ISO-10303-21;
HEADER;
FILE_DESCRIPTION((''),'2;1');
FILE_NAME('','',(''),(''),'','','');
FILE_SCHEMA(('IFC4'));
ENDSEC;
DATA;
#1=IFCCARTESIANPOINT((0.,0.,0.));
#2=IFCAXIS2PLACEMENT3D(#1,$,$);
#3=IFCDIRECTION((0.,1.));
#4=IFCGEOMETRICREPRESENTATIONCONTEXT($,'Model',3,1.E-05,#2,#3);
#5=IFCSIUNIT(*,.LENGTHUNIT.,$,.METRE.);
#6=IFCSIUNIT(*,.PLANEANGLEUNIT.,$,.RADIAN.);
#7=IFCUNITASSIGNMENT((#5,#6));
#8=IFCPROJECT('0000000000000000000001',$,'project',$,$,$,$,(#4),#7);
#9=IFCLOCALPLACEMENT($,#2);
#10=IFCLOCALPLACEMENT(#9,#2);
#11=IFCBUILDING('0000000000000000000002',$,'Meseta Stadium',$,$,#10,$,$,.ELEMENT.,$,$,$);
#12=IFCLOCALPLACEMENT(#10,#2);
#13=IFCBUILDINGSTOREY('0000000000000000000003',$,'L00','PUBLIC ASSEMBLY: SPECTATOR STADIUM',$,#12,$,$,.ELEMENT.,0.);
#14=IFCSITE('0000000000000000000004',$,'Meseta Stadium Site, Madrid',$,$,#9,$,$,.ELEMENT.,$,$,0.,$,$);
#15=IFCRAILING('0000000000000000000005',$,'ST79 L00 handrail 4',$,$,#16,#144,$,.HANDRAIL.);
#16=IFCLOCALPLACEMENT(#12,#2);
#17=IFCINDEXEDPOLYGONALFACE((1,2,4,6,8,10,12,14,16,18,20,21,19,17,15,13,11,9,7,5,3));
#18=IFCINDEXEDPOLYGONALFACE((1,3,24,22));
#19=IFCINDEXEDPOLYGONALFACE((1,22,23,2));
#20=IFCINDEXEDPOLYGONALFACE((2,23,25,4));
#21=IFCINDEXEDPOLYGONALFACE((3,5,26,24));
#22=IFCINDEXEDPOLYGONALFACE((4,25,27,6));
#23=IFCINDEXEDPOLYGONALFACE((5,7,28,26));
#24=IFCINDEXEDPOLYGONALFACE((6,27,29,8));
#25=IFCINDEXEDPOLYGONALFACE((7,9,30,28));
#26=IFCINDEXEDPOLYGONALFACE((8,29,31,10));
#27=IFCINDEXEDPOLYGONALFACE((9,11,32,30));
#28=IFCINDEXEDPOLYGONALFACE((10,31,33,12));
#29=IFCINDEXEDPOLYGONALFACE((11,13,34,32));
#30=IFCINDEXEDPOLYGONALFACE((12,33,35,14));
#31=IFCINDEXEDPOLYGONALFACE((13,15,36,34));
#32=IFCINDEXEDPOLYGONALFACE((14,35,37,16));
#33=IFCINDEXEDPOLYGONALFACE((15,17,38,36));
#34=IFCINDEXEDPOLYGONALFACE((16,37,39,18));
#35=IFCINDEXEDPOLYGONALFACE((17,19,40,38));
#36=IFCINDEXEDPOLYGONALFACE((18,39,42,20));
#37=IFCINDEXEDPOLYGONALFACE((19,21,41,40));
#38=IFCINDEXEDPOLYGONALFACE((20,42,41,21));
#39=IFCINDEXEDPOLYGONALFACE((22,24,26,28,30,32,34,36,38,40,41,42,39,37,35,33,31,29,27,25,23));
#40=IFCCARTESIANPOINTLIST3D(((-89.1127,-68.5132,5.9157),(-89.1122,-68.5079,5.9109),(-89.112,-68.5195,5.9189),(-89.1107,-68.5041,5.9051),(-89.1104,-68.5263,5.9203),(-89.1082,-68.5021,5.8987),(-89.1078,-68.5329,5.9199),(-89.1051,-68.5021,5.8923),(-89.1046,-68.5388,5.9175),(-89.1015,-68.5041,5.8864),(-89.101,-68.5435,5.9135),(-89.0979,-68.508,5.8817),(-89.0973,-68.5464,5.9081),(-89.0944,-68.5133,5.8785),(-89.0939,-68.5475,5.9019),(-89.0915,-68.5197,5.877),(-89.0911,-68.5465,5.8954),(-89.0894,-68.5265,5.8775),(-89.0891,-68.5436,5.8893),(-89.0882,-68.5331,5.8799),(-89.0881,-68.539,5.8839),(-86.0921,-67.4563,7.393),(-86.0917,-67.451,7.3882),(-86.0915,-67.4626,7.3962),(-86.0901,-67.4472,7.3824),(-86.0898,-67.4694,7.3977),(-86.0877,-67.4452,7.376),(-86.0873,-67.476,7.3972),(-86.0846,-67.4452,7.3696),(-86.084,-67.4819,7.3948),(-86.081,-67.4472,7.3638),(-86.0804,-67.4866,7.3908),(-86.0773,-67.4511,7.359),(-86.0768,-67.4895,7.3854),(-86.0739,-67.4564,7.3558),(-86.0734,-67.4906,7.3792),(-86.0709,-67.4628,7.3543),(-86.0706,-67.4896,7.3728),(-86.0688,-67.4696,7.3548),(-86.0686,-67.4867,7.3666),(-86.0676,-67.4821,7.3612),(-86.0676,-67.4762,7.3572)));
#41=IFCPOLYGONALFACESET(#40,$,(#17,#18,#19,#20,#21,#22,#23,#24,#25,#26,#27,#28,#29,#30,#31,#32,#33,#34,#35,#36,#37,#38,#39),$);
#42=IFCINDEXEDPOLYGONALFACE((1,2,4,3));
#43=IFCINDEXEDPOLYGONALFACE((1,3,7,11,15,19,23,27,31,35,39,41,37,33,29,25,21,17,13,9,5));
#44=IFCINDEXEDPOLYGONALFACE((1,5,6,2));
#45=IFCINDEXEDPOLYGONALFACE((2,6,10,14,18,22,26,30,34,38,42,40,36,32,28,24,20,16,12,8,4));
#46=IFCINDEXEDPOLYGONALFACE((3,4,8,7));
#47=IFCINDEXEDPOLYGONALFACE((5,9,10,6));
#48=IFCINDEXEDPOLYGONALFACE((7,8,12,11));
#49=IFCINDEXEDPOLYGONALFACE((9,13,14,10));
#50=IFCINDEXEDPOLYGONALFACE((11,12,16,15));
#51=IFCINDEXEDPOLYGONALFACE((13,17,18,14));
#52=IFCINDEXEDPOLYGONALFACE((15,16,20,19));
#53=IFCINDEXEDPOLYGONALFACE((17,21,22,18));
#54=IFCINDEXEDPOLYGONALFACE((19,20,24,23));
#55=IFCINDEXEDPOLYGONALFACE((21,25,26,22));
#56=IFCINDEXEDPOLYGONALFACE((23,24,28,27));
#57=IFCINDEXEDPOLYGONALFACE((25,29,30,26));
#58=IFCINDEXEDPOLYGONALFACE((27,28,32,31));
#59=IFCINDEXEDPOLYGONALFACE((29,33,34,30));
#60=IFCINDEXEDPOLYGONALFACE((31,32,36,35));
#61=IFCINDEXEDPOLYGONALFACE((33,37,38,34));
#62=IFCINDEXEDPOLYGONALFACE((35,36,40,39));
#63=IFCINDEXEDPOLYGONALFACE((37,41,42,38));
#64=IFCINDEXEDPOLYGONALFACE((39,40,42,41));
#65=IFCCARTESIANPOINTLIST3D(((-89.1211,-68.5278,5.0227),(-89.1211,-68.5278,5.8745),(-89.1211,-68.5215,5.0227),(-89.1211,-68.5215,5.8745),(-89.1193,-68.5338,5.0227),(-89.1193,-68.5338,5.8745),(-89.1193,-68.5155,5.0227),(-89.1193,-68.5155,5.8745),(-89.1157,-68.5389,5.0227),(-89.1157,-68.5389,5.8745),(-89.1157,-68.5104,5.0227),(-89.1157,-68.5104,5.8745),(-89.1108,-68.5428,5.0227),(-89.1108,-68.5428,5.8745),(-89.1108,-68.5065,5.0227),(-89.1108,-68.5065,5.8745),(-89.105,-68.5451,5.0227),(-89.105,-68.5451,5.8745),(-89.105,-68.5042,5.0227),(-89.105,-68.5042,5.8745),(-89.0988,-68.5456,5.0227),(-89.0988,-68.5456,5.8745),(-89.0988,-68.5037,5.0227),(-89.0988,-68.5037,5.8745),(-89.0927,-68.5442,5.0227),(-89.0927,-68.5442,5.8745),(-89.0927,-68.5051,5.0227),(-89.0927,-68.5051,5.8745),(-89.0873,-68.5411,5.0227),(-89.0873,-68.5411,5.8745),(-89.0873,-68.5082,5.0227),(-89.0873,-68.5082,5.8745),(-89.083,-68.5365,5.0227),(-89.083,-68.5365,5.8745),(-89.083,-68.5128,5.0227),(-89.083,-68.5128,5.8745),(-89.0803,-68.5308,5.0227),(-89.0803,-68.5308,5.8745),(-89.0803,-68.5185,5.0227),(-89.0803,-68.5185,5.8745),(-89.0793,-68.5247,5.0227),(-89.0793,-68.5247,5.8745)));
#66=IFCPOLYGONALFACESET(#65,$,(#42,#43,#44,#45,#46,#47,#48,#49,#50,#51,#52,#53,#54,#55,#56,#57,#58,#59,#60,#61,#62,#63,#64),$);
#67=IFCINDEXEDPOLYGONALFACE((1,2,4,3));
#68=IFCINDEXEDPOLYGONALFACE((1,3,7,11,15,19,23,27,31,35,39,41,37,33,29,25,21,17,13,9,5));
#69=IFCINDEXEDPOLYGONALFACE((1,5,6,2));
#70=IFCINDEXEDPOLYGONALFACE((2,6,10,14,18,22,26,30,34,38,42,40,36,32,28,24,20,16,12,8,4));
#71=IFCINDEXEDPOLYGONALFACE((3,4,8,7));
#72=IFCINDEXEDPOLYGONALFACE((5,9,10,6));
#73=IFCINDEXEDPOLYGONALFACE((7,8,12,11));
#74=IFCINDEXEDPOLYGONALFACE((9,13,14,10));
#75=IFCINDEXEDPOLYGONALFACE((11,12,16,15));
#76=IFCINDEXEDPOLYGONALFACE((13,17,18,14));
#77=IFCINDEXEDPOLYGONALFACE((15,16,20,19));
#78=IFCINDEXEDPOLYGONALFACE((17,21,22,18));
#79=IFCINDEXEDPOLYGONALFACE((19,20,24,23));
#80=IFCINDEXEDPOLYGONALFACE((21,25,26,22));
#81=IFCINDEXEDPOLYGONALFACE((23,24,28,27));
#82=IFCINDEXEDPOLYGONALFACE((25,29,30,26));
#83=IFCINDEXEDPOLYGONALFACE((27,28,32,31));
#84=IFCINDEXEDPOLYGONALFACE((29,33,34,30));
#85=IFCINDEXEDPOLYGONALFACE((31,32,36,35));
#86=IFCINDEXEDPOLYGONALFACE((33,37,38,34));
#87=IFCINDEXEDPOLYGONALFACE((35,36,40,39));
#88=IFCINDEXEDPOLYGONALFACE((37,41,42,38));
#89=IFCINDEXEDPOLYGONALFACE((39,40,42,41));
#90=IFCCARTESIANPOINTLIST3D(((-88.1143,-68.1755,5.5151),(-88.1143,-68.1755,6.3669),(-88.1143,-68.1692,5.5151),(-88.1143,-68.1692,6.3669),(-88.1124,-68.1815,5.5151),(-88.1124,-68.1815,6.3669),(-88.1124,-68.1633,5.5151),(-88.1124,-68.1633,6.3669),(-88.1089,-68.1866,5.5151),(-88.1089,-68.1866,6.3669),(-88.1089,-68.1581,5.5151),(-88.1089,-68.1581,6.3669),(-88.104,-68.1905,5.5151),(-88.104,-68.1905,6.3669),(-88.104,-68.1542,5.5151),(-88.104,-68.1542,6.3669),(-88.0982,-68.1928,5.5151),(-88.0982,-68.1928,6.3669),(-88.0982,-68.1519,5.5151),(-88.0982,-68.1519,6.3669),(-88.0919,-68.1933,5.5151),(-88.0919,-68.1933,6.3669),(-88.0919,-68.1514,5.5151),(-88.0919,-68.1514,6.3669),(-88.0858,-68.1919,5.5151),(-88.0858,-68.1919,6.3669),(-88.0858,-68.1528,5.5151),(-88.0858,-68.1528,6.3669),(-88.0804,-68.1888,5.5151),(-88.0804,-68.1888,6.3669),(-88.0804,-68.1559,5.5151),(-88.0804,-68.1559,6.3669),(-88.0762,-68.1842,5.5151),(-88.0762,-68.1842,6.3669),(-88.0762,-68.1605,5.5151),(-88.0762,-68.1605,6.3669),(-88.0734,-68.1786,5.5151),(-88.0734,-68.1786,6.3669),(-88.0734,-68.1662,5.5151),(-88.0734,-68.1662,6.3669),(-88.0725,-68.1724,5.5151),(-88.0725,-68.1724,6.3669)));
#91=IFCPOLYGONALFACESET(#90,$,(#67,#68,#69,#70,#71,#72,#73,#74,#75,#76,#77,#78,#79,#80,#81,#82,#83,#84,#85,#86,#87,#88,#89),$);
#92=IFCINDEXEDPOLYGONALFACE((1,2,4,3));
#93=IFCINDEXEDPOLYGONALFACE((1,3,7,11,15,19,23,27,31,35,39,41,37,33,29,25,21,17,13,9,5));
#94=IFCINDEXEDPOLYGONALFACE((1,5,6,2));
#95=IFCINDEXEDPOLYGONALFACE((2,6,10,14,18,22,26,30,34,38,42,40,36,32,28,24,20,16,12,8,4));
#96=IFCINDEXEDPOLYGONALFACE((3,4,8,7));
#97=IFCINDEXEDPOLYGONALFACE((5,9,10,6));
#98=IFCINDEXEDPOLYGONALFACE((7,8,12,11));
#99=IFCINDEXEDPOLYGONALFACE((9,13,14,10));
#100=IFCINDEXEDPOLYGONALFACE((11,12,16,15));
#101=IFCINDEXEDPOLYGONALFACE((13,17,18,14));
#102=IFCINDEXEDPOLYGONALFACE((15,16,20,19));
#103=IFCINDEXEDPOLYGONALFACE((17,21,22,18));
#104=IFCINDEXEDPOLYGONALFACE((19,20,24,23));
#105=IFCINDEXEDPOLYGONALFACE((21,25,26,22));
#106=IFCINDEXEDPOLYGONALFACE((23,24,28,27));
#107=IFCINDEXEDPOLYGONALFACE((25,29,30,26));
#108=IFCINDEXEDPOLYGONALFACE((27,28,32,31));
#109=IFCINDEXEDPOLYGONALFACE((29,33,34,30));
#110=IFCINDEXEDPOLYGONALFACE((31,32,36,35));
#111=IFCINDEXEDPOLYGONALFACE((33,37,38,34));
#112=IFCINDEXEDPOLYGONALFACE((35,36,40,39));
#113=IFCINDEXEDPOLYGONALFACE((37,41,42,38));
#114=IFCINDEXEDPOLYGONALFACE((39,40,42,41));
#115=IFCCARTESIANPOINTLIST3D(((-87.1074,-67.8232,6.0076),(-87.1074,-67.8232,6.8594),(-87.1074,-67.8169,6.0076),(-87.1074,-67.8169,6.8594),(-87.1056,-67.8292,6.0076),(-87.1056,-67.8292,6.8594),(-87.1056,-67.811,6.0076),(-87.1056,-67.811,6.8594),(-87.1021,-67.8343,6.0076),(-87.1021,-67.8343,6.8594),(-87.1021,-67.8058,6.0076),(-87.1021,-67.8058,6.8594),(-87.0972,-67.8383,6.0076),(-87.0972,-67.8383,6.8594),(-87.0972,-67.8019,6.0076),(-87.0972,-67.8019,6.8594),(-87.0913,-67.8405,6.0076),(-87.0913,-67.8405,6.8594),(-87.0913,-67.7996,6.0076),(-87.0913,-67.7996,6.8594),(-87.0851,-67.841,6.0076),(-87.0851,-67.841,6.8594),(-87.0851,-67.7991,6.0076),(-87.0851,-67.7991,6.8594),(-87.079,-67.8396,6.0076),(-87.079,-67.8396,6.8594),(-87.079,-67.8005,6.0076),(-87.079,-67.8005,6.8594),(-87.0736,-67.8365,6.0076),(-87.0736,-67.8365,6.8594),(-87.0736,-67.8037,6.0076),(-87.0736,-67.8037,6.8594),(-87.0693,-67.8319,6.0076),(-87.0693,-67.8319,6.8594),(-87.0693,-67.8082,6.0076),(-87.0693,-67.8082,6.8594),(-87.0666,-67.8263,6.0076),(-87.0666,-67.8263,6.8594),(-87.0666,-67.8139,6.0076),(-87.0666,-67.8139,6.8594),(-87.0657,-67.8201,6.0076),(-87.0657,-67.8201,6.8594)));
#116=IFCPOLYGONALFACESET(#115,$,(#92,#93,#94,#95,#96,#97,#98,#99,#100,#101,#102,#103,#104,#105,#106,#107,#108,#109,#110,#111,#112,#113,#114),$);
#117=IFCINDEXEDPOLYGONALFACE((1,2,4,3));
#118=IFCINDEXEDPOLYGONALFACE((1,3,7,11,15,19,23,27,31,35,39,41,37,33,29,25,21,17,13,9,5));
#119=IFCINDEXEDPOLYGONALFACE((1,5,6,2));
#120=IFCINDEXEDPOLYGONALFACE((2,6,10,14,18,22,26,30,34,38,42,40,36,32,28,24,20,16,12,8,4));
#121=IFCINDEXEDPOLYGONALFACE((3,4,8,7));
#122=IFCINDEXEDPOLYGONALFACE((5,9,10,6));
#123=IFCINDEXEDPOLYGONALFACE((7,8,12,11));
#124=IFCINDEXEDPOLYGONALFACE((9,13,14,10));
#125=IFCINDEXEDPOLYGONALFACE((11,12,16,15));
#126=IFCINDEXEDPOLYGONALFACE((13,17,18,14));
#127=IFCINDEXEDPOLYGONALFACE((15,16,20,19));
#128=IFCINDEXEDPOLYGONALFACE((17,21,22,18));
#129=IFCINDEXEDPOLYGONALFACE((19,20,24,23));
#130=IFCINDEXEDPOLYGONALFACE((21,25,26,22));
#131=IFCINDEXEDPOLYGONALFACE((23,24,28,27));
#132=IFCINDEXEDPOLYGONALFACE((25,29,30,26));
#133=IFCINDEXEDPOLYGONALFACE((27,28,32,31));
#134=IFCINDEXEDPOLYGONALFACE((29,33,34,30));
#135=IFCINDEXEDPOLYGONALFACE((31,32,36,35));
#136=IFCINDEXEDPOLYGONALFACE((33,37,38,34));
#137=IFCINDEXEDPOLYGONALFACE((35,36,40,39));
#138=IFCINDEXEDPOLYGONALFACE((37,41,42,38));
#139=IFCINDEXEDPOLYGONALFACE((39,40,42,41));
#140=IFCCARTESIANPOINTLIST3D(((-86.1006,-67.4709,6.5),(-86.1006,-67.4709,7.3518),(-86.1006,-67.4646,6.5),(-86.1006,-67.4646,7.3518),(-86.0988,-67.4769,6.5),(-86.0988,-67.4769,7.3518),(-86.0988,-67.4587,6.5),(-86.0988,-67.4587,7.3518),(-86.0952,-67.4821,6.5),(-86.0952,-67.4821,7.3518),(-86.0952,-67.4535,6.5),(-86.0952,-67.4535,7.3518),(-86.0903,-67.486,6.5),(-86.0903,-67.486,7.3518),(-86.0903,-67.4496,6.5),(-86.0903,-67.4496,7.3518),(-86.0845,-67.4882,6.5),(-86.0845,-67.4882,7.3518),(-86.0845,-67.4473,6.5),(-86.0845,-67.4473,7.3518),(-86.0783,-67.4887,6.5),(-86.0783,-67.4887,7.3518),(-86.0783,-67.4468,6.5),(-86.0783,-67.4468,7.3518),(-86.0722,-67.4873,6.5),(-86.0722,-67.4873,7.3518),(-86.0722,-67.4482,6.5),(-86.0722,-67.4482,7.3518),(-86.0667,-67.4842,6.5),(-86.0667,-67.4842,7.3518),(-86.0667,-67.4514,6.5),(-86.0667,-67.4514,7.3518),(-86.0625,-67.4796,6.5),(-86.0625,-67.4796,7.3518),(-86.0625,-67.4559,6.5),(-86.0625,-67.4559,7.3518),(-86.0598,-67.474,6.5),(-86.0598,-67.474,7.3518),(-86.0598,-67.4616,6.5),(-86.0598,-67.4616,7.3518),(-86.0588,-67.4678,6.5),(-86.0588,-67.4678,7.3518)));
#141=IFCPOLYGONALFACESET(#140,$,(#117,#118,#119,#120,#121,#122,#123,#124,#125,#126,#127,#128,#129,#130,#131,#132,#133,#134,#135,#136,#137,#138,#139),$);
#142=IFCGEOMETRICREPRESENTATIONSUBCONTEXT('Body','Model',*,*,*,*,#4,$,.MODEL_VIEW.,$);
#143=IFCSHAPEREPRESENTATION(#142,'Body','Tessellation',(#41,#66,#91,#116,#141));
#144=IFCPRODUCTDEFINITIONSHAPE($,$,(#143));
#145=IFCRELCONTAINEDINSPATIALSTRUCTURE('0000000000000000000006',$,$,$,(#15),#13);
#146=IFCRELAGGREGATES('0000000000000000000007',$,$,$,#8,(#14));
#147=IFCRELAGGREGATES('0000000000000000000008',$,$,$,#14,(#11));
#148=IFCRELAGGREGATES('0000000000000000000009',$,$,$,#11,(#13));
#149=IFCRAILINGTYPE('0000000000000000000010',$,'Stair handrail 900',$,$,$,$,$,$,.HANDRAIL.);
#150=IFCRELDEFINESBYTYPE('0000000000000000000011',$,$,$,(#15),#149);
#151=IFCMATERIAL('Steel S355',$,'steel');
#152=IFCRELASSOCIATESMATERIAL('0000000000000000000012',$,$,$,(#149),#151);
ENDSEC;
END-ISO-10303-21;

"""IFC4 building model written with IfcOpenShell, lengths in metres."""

from ifc_helpers import new_model, si_unit, direction, frame, origin, origin_2d, place, context, subcontext, project, spatial, circle, extrude, material, type_object, element, save


model = new_model("IFC4")

# Units and contexts
model_context = context("Model", 3, precision=1e-05, world=origin(), true_north=direction((0.0, 1.0)))
body_context = subcontext(model_context, "Body", "Model", "MODEL_VIEW")
ifc_project = project(units=[si_unit("LENGTHUNIT", "METRE"), si_unit("PLANEANGLEUNIT", "RADIAN")], contexts=[model_context])

# Site, building, storey
site_placement = place(None, origin())
site = spatial("IfcSite", under=ifc_project, at=site_placement, Name="Meseta Stadium Site, Madrid", CompositionType="ELEMENT", RefElevation=0.0)
building_placement = place(site_placement, origin())
building = spatial("IfcBuilding", under=site, at=building_placement, Name="Meseta Stadium", CompositionType="ELEMENT")
storey_placement = place(building_placement, origin())
storey = spatial("IfcBuildingStorey", under=building, at=storey_placement, Name="L00", Description="PUBLIC ASSEMBLY: SPECTATOR STADIUM", CompositionType="ELEMENT", Elevation=0.0)

# Railing
ifc_material_1 = material(Name="Steel S355", Category="steel")
railing_type_1 = type_object("IfcRailingType", Name="Stair handrail 900", PredefinedType="HANDRAIL", material=ifc_material_1)
for number, where, name in (
    (1, (-89.1003, -68.5247, 5.0227), "ST79 L00 handrail 4"),
):
    element("IfcRailing", number, at=place(storey_placement, frame(where)), inside=storey, type_object=railing_type_1, Name=name, PredefinedType="HANDRAIL", context=body_context, shape_type="SweptSolid", body=[
        extrude(circle(Radius=0.0239, at=origin_2d()), frame((0.0, 0.0, 0.876), z_axis=(0.856977, 0.299859, 0.419137), x_axis=(-0.330269, 0.943887, 0.0)), (0.0, 0.0, 1.0), 3.5247),
        extrude(circle(Radius=0.021, at=origin_2d()), origin(), (0.0, 0.0, 1.0), 0.8518),
        extrude(circle(Radius=0.021, at=origin_2d()), frame((1.0068, 0.3523, 0.4924)), (0.0, 0.0, 1.0), 0.8518),
        extrude(circle(Radius=0.021, at=origin_2d()), frame((2.0137, 0.7046, 0.9849)), (0.0, 0.0, 1.0), 0.8518),
        extrude(circle(Radius=0.021, at=origin_2d()), frame((3.0205, 1.0569, 1.4773)), (0.0, 0.0, 1.0), 0.8518),
    ])

save(model, "model.ifc")
